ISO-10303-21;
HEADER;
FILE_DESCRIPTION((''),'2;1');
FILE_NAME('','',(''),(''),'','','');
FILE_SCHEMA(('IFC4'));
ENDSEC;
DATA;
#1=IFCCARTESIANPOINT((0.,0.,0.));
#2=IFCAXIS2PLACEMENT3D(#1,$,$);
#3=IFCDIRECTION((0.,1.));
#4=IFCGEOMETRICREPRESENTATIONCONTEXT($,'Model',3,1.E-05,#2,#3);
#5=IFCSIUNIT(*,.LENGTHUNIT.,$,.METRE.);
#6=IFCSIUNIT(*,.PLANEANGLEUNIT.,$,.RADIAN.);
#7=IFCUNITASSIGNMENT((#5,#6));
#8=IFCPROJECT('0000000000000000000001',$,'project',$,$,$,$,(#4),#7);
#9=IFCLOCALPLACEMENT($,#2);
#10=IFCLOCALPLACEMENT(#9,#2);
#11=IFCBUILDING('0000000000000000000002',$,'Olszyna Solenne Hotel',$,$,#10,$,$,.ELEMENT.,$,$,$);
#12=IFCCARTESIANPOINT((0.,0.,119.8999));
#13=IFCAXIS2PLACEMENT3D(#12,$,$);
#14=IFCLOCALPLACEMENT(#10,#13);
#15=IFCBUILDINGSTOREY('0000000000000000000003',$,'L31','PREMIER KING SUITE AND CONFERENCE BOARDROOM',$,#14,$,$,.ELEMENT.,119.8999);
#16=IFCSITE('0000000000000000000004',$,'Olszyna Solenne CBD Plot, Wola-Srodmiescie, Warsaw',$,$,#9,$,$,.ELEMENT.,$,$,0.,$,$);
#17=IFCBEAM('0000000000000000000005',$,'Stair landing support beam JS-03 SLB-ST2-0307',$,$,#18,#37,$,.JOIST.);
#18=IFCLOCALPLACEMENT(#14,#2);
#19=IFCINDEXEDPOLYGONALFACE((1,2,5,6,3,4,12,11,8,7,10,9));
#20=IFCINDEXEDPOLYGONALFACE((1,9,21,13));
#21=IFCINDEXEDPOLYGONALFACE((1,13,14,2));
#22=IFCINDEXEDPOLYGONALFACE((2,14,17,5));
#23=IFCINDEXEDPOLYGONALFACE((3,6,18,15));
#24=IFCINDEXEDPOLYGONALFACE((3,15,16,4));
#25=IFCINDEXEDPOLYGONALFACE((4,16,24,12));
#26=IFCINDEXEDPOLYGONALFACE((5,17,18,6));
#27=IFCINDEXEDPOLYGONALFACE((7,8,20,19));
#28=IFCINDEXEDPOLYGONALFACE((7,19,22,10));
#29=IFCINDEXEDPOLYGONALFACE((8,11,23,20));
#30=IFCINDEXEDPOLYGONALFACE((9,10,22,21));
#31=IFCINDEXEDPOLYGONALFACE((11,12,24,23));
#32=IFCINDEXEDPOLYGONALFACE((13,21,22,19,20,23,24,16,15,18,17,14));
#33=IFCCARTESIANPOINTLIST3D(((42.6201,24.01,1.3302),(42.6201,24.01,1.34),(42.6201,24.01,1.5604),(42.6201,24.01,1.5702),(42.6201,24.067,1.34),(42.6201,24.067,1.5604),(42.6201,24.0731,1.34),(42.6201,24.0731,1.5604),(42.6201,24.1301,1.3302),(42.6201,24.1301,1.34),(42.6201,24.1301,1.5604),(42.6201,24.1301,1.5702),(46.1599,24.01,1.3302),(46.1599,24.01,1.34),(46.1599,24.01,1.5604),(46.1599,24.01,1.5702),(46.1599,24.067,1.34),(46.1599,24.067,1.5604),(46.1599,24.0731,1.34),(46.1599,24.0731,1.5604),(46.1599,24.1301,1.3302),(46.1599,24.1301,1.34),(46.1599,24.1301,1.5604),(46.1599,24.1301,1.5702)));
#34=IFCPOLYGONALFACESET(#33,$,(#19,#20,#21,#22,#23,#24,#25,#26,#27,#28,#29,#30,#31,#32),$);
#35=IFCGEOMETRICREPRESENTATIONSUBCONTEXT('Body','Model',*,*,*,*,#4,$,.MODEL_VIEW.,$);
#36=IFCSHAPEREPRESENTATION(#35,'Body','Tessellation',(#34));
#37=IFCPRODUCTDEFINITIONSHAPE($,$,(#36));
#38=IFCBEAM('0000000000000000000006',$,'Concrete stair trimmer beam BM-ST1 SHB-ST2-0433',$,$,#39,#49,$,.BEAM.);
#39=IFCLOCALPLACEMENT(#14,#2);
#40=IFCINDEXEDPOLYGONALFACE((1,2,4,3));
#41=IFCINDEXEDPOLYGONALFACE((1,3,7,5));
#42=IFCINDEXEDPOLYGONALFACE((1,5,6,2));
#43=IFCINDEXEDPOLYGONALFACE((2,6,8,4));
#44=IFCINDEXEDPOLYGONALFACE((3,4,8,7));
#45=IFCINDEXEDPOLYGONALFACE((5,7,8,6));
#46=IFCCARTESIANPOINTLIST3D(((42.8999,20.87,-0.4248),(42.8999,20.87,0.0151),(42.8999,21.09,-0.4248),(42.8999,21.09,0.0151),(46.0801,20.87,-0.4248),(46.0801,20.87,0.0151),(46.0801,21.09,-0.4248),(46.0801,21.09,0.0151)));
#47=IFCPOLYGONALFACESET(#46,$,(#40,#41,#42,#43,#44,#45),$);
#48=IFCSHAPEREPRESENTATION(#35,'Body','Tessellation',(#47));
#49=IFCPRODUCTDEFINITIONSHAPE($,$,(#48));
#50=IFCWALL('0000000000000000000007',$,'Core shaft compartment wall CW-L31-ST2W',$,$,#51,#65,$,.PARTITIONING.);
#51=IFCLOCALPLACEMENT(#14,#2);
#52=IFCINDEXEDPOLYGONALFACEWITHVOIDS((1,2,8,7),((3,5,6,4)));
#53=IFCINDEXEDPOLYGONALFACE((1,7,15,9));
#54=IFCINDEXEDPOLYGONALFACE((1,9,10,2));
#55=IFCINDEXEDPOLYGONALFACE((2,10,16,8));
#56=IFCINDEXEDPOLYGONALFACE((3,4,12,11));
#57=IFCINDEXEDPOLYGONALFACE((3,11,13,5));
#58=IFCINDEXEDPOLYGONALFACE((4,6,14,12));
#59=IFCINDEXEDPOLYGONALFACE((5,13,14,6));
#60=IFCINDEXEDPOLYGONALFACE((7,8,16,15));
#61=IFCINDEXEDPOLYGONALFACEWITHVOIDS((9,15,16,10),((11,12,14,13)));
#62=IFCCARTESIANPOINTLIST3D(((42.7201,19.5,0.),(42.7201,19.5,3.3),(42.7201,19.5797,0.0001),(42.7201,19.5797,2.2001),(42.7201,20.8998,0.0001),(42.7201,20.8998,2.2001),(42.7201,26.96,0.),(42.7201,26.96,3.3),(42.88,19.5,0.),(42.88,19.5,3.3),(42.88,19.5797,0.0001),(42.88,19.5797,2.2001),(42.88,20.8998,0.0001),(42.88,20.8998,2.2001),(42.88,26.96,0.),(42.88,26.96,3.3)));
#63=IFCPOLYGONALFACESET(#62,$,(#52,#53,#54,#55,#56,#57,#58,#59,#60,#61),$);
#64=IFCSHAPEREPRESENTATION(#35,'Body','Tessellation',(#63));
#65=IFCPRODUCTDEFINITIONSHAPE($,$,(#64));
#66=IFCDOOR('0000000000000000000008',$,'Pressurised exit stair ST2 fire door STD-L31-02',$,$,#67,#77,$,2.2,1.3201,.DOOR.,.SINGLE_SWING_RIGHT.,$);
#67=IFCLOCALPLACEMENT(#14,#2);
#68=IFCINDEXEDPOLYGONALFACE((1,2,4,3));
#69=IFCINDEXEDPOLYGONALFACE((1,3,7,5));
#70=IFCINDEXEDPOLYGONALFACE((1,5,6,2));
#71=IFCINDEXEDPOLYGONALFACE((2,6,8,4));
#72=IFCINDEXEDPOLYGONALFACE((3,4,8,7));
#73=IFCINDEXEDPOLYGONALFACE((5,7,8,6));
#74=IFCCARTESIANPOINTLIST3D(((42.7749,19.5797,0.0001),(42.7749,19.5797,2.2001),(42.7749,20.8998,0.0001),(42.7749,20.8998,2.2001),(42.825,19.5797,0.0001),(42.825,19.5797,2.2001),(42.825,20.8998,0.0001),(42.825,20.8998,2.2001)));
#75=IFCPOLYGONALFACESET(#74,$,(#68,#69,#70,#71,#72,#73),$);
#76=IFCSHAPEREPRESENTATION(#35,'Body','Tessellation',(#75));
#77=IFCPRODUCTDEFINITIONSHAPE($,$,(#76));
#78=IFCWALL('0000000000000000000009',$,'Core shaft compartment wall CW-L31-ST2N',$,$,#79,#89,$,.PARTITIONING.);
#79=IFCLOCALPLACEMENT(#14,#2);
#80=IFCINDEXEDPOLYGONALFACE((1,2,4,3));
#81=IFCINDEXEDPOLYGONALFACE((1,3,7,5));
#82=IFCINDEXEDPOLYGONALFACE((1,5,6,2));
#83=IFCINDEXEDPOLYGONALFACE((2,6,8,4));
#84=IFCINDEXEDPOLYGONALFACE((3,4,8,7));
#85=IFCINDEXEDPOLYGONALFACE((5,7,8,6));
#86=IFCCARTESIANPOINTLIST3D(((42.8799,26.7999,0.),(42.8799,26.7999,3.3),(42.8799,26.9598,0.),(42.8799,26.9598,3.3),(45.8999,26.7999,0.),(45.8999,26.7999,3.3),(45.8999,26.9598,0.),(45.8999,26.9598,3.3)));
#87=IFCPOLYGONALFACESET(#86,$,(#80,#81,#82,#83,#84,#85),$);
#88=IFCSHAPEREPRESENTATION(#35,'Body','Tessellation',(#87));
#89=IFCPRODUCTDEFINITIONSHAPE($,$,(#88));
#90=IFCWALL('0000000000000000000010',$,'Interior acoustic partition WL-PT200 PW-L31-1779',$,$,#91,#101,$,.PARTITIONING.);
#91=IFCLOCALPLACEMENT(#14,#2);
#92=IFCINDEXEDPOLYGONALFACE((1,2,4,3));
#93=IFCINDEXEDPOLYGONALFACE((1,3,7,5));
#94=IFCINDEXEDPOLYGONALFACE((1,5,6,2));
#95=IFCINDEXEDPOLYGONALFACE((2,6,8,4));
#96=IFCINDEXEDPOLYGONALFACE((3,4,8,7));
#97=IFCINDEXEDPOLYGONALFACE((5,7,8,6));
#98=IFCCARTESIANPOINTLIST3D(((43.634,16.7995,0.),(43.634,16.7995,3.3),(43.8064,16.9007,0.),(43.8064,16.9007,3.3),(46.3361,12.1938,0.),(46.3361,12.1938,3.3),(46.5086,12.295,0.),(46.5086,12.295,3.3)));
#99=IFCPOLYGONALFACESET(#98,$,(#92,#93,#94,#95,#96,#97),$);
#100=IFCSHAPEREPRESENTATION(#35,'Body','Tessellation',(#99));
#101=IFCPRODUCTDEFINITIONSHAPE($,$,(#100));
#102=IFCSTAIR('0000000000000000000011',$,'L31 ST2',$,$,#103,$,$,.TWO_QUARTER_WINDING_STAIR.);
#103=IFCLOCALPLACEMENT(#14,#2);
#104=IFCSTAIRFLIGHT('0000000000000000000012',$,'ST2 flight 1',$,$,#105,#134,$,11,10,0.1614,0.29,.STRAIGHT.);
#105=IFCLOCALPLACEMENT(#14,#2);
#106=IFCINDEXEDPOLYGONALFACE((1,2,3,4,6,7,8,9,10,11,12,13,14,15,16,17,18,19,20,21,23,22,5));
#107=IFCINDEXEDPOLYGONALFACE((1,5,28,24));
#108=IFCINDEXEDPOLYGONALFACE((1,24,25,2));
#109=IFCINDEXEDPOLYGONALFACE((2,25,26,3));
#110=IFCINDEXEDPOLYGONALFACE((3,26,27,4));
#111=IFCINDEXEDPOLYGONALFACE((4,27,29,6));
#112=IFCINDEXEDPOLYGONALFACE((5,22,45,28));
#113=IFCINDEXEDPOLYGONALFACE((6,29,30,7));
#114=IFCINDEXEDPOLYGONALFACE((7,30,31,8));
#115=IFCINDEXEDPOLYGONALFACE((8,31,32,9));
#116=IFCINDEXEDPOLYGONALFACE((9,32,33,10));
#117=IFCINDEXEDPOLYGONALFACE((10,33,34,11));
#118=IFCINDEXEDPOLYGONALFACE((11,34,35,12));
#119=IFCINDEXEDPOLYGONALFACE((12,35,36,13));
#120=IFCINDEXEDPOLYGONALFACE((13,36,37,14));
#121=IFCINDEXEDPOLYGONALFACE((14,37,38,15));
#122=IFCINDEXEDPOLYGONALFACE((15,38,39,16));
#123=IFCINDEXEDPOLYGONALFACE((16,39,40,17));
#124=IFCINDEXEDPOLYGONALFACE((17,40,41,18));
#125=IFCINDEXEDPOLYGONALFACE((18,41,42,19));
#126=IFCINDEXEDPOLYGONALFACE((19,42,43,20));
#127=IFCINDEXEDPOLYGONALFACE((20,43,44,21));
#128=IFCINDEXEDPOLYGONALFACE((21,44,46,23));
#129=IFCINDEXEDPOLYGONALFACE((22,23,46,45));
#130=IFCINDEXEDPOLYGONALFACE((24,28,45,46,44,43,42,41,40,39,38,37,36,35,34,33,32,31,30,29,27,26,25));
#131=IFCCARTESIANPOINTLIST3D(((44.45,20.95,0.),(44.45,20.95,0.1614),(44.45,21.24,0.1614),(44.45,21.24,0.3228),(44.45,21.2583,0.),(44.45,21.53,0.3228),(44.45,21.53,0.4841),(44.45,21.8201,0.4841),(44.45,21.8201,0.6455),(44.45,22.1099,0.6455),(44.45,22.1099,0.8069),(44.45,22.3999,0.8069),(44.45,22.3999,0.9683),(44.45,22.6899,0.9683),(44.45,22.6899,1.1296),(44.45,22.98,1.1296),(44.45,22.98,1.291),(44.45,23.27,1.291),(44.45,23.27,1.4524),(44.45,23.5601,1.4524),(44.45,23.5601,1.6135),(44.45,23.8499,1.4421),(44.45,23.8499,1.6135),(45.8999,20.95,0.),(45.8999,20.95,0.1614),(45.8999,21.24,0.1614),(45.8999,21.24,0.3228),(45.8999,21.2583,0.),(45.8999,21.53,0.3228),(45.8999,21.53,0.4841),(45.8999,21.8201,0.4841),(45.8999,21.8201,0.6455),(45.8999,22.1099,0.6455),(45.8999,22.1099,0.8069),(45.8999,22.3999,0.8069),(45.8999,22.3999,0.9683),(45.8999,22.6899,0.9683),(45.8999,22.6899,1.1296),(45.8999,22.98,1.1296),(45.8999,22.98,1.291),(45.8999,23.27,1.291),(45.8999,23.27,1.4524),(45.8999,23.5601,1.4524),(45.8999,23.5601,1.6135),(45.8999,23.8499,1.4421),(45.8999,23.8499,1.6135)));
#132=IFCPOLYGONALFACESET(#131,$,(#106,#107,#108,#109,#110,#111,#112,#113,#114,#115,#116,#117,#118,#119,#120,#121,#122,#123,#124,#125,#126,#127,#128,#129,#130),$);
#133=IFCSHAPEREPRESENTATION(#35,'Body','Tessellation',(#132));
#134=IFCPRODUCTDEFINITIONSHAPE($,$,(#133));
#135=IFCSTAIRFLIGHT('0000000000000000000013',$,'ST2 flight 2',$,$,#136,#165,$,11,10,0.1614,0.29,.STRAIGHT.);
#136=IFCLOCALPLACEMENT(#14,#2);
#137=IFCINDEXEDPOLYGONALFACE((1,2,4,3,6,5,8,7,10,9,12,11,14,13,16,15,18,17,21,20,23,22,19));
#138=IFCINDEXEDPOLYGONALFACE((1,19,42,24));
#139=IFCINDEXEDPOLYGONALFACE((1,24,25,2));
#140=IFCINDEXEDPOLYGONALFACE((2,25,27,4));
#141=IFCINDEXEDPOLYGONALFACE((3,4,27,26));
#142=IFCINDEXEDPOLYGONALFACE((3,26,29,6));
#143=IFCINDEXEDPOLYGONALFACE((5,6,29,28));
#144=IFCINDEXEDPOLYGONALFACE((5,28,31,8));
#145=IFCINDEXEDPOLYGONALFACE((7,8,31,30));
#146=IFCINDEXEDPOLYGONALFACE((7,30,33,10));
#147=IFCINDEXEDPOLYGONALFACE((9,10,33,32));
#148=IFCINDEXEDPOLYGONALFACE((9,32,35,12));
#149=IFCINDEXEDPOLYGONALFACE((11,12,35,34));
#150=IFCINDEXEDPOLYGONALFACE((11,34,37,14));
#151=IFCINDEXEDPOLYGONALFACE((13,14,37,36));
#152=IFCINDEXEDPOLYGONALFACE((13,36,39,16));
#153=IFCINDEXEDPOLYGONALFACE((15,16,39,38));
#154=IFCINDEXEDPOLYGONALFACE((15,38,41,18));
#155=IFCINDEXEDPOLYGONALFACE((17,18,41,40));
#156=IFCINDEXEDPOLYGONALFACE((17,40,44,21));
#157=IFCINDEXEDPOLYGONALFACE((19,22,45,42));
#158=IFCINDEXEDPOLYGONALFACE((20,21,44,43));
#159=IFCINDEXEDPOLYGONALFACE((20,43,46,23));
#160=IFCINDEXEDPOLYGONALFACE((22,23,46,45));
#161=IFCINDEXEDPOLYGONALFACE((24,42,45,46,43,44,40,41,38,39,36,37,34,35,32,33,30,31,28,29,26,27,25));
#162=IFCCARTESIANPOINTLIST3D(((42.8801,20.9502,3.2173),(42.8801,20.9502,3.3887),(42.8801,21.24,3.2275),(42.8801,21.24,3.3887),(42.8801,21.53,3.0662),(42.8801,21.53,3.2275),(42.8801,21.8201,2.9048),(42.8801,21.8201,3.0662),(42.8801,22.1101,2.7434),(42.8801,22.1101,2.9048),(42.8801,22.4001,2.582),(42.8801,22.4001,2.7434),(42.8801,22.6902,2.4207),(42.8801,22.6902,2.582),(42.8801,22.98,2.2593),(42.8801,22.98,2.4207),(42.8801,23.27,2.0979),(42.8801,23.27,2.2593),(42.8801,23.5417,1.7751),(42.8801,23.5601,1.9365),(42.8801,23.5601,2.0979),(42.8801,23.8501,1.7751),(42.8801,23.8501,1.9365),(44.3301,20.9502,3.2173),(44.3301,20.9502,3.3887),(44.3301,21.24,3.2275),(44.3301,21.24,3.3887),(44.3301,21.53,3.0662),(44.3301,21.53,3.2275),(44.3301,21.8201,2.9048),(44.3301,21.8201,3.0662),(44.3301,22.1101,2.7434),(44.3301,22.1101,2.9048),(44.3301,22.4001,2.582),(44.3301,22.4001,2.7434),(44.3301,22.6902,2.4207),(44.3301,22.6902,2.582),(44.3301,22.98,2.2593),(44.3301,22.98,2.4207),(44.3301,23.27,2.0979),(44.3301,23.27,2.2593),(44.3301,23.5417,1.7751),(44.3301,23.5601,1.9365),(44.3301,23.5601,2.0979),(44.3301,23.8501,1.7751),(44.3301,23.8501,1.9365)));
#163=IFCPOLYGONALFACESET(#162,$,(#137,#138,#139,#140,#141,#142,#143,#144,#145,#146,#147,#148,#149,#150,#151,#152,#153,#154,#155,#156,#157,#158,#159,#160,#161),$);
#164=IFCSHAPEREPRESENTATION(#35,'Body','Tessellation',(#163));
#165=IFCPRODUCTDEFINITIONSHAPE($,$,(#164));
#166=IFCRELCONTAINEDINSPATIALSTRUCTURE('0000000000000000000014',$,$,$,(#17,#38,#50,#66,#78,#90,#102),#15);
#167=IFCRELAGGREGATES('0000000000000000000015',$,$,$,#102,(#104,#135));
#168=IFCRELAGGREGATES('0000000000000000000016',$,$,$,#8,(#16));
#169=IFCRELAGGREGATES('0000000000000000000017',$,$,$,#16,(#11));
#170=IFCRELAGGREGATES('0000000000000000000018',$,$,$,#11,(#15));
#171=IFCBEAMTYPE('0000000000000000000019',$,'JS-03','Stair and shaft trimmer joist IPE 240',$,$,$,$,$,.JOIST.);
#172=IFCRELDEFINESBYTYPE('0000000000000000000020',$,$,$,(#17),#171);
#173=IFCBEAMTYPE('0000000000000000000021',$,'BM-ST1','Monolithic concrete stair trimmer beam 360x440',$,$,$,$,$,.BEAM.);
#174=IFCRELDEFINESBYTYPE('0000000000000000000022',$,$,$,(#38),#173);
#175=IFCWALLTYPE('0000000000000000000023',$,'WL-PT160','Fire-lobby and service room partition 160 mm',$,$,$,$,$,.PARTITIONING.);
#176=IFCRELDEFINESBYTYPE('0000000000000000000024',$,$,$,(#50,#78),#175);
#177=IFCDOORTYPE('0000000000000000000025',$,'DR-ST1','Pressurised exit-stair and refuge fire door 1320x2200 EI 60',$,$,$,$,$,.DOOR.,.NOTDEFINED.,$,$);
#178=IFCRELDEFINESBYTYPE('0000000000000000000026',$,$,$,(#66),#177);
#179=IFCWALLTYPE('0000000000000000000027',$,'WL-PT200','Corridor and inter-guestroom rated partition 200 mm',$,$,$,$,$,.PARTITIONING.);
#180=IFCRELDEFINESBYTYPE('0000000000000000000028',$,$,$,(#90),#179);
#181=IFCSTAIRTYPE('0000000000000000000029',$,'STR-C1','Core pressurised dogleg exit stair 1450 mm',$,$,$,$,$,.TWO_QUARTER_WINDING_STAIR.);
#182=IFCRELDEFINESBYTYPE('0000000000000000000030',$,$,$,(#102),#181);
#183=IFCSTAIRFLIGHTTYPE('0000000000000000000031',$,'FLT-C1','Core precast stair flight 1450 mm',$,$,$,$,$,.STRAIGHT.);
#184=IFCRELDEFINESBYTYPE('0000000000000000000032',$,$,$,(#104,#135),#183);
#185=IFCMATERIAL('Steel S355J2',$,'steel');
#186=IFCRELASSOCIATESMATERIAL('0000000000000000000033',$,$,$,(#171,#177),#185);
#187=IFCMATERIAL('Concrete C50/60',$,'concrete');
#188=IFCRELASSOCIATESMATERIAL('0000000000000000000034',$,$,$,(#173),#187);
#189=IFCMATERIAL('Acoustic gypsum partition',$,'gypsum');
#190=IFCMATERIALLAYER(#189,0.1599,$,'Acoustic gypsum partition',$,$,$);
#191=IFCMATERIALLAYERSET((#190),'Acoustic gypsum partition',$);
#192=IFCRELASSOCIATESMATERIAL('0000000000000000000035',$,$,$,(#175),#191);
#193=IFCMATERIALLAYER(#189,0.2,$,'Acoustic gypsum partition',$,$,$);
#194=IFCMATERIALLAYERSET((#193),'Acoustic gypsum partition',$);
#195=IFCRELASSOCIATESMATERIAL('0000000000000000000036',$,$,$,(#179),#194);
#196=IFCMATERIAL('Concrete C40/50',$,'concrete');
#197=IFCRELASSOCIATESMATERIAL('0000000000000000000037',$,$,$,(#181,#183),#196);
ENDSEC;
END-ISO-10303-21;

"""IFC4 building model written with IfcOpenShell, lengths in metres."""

from ifc_helpers import new_model, si_unit, direction, frame, frame_2d, origin, origin_2d, place, context, subcontext, project, spatial, polyline, rectangle, i_section, outline, extrude, source, transform, mapped, material, layer, layer_set, material_profile, profile_set, type_object, type_shapes, element, fill, aggregate, save


model = new_model("IFC4")

# Units and contexts
model_context = context("Model", 3, precision=1e-05, world=origin(), true_north=direction((0.0, 1.0)))
body_context = subcontext(model_context, "Body", "Model", "MODEL_VIEW")
ifc_project = project(units=[si_unit("LENGTHUNIT", "METRE"), si_unit("PLANEANGLEUNIT", "RADIAN")], contexts=[model_context])

# Site, building, storey
site_placement = place(None, origin())
site = spatial("IfcSite", under=ifc_project, at=site_placement, Name="Olszyna Solenne CBD Plot, Wola-Srodmiescie, Warsaw", CompositionType="ELEMENT", RefElevation=0.0)
building_placement = place(site_placement, origin())
building = spatial("IfcBuilding", under=site, at=building_placement, Name="Olszyna Solenne Hotel", CompositionType="ELEMENT")
storey_placement = place(building_placement, frame((0.0, 0.0, 119.8999)))
storey = spatial("IfcBuildingStorey", under=building, at=storey_placement, Name="L31", Description="PREMIER KING SUITE AND CONFERENCE BOARDROOM", CompositionType="ELEMENT", Elevation=119.8999)

# Beams
ifc_material_1 = material(Name="Steel S355J2", Category="steel")
ifc_material_profile_1 = material_profile(ifc_material_1, i_section(OverallWidth=0.1201, OverallDepth=0.24, WebThickness=0.0061, FlangeThickness=0.0098, at=origin_2d()), Name="IPE 240", Category="load-bearing")
ifc_profile_set_1 = profile_set([ifc_material_profile_1], Name="Steel S355J2")
beam_type_1 = type_object("IfcBeamType", Name="JS-03", Description="Stair and shaft trimmer joist IPE 240", PredefinedType="JOIST", material=ifc_profile_set_1)
shared_shape_1 = source(origin(), body_context, "Body", "SweptSolid", [
    extrude(i_section(OverallWidth=0.1201, OverallDepth=0.24, WebThickness=0.0061, FlangeThickness=0.0098, at=origin_2d()), origin(), (0.0, 0.0, 1.0), 3.5398),
])
beam_1_placement = place(storey_placement, frame((46.1599, 24.0701, 1.4502), z_axis=(-1.0, 0.0, 0.0), x_axis=(0.0, -1.0, 0.0)))
element("IfcBeam", 1, at=beam_1_placement, inside=storey, type_object=beam_type_1, Name="Stair landing support beam JS-03 SLB-ST2-0307", PredefinedType="JOIST", context=body_context, shape_type="MappedRepresentation", body=[
    mapped(shared_shape_1, transform((0.0, 0.0, 0.0), x_axis=(1.0, 0.0, 0.0), y_axis=(0.0, 1.0, 0.0), z_axis=(0.0, 0.0, 1.0), scale=1.0)),
])
ifc_material_2 = material(Name="Concrete C50/60", Category="concrete")
ifc_material_profile_2 = material_profile(ifc_material_2, rectangle(XDim=0.22, YDim=0.4399, at=origin_2d()), Name="RC 220x440", Category="load-bearing")
ifc_profile_set_2 = profile_set([ifc_material_profile_2], Name="Concrete C50/60")
beam_type_2 = type_object("IfcBeamType", Name="BM-ST1", Description="Monolithic concrete stair trimmer beam 360x440", PredefinedType="BEAM", material=ifc_profile_set_2)
shared_shape_2 = source(origin(), body_context, "Body", "SweptSolid", [
    extrude(rectangle(XDim=0.22, YDim=0.4399, at=origin_2d()), origin(), (0.0, 0.0, 1.0), 3.1802),
])
beam_2_placement = place(storey_placement, frame((46.0801, 20.98, -0.2048), z_axis=(-1.0, 0.0, 0.0), x_axis=(0.0, -1.0, 0.0)))
element("IfcBeam", 2, at=beam_2_placement, inside=storey, type_object=beam_type_2, Name="Concrete stair trimmer beam BM-ST1 SHB-ST2-0433", PredefinedType="BEAM", context=body_context, shape_type="MappedRepresentation", body=[
    mapped(shared_shape_2, transform((0.0, 0.0, 0.0), x_axis=(1.0, 0.0, 0.0), y_axis=(0.0, 1.0, 0.0), z_axis=(0.0, 0.0, 1.0), scale=1.0)),
])

# Wall, opening, door
ifc_material_3 = material(Name="Acoustic gypsum partition", Category="gypsum")
ifc_layer_1 = layer(ifc_material_3, 0.1599, Name="Acoustic gypsum partition")
ifc_layer_set_1 = layer_set([ifc_layer_1], Name="Acoustic gypsum partition")
wall_type_1 = type_object("IfcWallType", Name="WL-PT160", Description="Fire-lobby and service room partition 160 mm", PredefinedType="PARTITIONING", material=ifc_layer_set_1)
wall_1_placement = place(storey_placement, frame((42.8, 26.96, 0.0), z_axis=(0.0, 0.0, 1.0), x_axis=(0.0, -1.0, 0.0)))
wall_1 = element("IfcWall", 3, at=wall_1_placement, inside=storey, type_object=wall_type_1, Name="Core shaft compartment wall CW-L31-ST2W", PredefinedType="PARTITIONING", context=body_context, shape_type="SweptSolid", body=[
    extrude(rectangle(XDim=7.46, YDim=0.1599, at=frame_2d((3.73, 0.0))), origin(), (0.0, 0.0, 1.0), 3.3),
])
opening_placement = place(wall_1_placement, frame((6.0601, 0.0, 0.0)))
opening = element("IfcOpeningElement", 4, at=opening_placement, cuts=wall_1, PredefinedType="OPENING", context=body_context, shape_type="SweptSolid", body=[
    extrude(rectangle(XDim=1.3201, YDim=2.2, at=frame_2d((0.6602, 1.1001))), frame((0.0, 0.0898, 0.0), z_axis=(0.0, -1.0, 0.0), x_axis=(1.0, 0.0, 0.0)), (0.0, 0.0, 1.0), 0.1799),
])
door_type = type_object("IfcDoorType", Name="DR-ST1", Description="Pressurised exit-stair and refuge fire door 1320x2200 EI 60", OperationType="NOTDEFINED", PredefinedType="DOOR", material=ifc_material_1)
shared_shape_3 = source(origin(), body_context, "Body", "SweptSolid", [
    extrude(rectangle(XDim=1.3201, YDim=2.2, at=frame_2d((0.6602, 1.1001))), frame((0.0, 0.0249, 0.0), z_axis=(0.0, -1.0, 0.0), x_axis=(1.0, 0.0, 0.0)), (0.0, 0.0, 1.0), 0.05),
])
type_shapes(door_type, [shared_shape_3])
door_placement = place(opening_placement, origin())
door = element("IfcDoor", 5, at=door_placement, inside=storey, type_object=door_type, Name="Pressurised exit stair ST2 fire door STD-L31-02", OperationType="SINGLE_SWING_RIGHT", OverallHeight=2.2, OverallWidth=1.3201, PredefinedType="DOOR", context=body_context, shape_type="MappedRepresentation", body=[
    mapped(shared_shape_3, transform((0.0, 0.0, 0.0), x_axis=(1.0, 0.0, 0.0), y_axis=(0.0, 1.0, 0.0), z_axis=(0.0, 0.0, 1.0), scale=1.0)),
])
fill(opening, door)

# Walls
wall_2_placement = place(storey_placement, frame((42.8799, 26.8799, 0.0), z_axis=(0.0, 0.0, 1.0), x_axis=(1.0, 0.0, 0.0)))
element("IfcWall", 6, at=wall_2_placement, inside=storey, type_object=wall_type_1, Name="Core shaft compartment wall CW-L31-ST2N", PredefinedType="PARTITIONING", context=body_context, shape_type="SweptSolid", body=[
    extrude(rectangle(XDim=3.02, YDim=0.1599, at=frame_2d((1.51, 0.0))), origin(), (0.0, 0.0, 1.0), 3.3),
])
ifc_layer_2 = layer(ifc_material_3, 0.2, Name="Acoustic gypsum partition")
ifc_layer_set_2 = layer_set([ifc_layer_2], Name="Acoustic gypsum partition")
wall_type_2 = type_object("IfcWallType", Name="WL-PT200", Description="Corridor and inter-guestroom rated partition 200 mm", PredefinedType="PARTITIONING", material=ifc_layer_set_2)
wall_3_placement = place(storey_placement, frame((43.7202, 16.8501, 0.0), z_axis=(0.0, 0.0, 1.0), x_axis=(0.506033, -0.862514, 0.0)))
element("IfcWall", 7, at=wall_3_placement, inside=storey, type_object=wall_type_2, Name="Interior acoustic partition WL-PT200 PW-L31-1779", PredefinedType="PARTITIONING", context=body_context, shape_type="SweptSolid", body=[
    extrude(rectangle(XDim=5.3398, YDim=0.2, at=frame_2d((2.6699, 0.0))), origin(), (0.0, 0.0, 1.0), 3.3),
])

# Stair, stair flights
ifc_material_4 = material(Name="Concrete C40/50", Category="concrete")
stair_type = type_object("IfcStairType", Name="STR-C1", Description="Core pressurised dogleg exit stair 1450 mm", PredefinedType="TWO_QUARTER_WINDING_STAIR", material=ifc_material_4)
stair_placement = place(storey_placement, origin())
stair = element("IfcStair", 8, at=stair_placement, inside=storey, type_object=stair_type, Name="L31 ST2", PredefinedType="TWO_QUARTER_WINDING_STAIR")
stair_flight_type = type_object("IfcStairFlightType", Name="FLT-C1", Description="Core precast stair flight 1450 mm", PredefinedType="STRAIGHT", material=ifc_material_4)
stair_flight_1_placement = place(storey_placement, frame((45.175, 20.95, 0.0), z_axis=(0.0, 0.0, 1.0), x_axis=(0.0, 1.0, 0.0)))
stair_flight_1 = element("IfcStairFlight", 9, at=stair_flight_1_placement, type_object=stair_flight_type, Name="ST2 flight 1", NumberOfRisers=11, NumberOfTreads=10, PredefinedType="STRAIGHT", RiserHeight=0.1614, TreadLength=0.29, context=body_context, shape_type="SweptSolid", body=[
    extrude(outline(polyline([(0.0, 0.0), (0.0, 0.1614), (0.29, 0.1614), (0.29, 0.3228), (0.5801, 0.3228), (0.5801, 0.4841), (0.8701, 0.4841), (0.8701, 0.6455), (1.1599, 0.6455), (1.1599, 0.8069), (1.45, 0.8069), (1.45, 0.9683), (1.74, 0.9683), (1.74, 1.1296), (2.03, 1.1296), (2.03, 1.291), (2.3201, 1.291), (2.3201, 1.4524), (2.6101, 1.4524), (2.6101, 1.6135), (2.8999, 1.6135), (2.8999, 1.7749), (2.8999, 1.4421), (0.3083, 0.0), (0.0, 0.0)])), frame((0.0, 0.7251, 0.0), z_axis=(0.0, -1.0, 0.0), x_axis=(1.0, 0.0, 0.0)), (0.0, 0.0, 1.0), 1.45),
])
stair_flight_2_placement = place(storey_placement, frame((43.605, 23.8501, 1.7751), z_axis=(0.0, 0.0, 1.0), x_axis=(0.0, -1.0, 0.0)))
stair_flight_2 = element("IfcStairFlight", 10, at=stair_flight_2_placement, type_object=stair_flight_type, Name="ST2 flight 2", NumberOfRisers=11, NumberOfTreads=10, PredefinedType="STRAIGHT", RiserHeight=0.1614, TreadLength=0.29, context=body_context, shape_type="SweptSolid", body=[
    extrude(outline(polyline([(0.0, 0.0), (0.0, 0.1614), (0.29, 0.1614), (0.29, 0.3228), (0.5801, 0.3228), (0.5801, 0.4841), (0.8701, 0.4841), (0.8701, 0.6455), (1.1599, 0.6455), (1.1599, 0.8069), (1.45, 0.8069), (1.45, 0.9683), (1.74, 0.9683), (1.74, 1.1296), (2.03, 1.1296), (2.03, 1.291), (2.3201, 1.291), (2.3201, 1.4524), (2.6101, 1.4524), (2.6101, 1.6135), (2.8999, 1.6135), (2.8999, 1.7749), (2.8999, 1.4421), (0.3083, 0.0), (0.0, 0.0)])), frame((0.0, 0.7251, 0.0), z_axis=(0.0, -1.0, 0.0), x_axis=(1.0, 0.0, 0.0)), (0.0, 0.0, 1.0), 1.45),
])
aggregate(stair, [stair_flight_1, stair_flight_2])

save(model, "model.ifc")
